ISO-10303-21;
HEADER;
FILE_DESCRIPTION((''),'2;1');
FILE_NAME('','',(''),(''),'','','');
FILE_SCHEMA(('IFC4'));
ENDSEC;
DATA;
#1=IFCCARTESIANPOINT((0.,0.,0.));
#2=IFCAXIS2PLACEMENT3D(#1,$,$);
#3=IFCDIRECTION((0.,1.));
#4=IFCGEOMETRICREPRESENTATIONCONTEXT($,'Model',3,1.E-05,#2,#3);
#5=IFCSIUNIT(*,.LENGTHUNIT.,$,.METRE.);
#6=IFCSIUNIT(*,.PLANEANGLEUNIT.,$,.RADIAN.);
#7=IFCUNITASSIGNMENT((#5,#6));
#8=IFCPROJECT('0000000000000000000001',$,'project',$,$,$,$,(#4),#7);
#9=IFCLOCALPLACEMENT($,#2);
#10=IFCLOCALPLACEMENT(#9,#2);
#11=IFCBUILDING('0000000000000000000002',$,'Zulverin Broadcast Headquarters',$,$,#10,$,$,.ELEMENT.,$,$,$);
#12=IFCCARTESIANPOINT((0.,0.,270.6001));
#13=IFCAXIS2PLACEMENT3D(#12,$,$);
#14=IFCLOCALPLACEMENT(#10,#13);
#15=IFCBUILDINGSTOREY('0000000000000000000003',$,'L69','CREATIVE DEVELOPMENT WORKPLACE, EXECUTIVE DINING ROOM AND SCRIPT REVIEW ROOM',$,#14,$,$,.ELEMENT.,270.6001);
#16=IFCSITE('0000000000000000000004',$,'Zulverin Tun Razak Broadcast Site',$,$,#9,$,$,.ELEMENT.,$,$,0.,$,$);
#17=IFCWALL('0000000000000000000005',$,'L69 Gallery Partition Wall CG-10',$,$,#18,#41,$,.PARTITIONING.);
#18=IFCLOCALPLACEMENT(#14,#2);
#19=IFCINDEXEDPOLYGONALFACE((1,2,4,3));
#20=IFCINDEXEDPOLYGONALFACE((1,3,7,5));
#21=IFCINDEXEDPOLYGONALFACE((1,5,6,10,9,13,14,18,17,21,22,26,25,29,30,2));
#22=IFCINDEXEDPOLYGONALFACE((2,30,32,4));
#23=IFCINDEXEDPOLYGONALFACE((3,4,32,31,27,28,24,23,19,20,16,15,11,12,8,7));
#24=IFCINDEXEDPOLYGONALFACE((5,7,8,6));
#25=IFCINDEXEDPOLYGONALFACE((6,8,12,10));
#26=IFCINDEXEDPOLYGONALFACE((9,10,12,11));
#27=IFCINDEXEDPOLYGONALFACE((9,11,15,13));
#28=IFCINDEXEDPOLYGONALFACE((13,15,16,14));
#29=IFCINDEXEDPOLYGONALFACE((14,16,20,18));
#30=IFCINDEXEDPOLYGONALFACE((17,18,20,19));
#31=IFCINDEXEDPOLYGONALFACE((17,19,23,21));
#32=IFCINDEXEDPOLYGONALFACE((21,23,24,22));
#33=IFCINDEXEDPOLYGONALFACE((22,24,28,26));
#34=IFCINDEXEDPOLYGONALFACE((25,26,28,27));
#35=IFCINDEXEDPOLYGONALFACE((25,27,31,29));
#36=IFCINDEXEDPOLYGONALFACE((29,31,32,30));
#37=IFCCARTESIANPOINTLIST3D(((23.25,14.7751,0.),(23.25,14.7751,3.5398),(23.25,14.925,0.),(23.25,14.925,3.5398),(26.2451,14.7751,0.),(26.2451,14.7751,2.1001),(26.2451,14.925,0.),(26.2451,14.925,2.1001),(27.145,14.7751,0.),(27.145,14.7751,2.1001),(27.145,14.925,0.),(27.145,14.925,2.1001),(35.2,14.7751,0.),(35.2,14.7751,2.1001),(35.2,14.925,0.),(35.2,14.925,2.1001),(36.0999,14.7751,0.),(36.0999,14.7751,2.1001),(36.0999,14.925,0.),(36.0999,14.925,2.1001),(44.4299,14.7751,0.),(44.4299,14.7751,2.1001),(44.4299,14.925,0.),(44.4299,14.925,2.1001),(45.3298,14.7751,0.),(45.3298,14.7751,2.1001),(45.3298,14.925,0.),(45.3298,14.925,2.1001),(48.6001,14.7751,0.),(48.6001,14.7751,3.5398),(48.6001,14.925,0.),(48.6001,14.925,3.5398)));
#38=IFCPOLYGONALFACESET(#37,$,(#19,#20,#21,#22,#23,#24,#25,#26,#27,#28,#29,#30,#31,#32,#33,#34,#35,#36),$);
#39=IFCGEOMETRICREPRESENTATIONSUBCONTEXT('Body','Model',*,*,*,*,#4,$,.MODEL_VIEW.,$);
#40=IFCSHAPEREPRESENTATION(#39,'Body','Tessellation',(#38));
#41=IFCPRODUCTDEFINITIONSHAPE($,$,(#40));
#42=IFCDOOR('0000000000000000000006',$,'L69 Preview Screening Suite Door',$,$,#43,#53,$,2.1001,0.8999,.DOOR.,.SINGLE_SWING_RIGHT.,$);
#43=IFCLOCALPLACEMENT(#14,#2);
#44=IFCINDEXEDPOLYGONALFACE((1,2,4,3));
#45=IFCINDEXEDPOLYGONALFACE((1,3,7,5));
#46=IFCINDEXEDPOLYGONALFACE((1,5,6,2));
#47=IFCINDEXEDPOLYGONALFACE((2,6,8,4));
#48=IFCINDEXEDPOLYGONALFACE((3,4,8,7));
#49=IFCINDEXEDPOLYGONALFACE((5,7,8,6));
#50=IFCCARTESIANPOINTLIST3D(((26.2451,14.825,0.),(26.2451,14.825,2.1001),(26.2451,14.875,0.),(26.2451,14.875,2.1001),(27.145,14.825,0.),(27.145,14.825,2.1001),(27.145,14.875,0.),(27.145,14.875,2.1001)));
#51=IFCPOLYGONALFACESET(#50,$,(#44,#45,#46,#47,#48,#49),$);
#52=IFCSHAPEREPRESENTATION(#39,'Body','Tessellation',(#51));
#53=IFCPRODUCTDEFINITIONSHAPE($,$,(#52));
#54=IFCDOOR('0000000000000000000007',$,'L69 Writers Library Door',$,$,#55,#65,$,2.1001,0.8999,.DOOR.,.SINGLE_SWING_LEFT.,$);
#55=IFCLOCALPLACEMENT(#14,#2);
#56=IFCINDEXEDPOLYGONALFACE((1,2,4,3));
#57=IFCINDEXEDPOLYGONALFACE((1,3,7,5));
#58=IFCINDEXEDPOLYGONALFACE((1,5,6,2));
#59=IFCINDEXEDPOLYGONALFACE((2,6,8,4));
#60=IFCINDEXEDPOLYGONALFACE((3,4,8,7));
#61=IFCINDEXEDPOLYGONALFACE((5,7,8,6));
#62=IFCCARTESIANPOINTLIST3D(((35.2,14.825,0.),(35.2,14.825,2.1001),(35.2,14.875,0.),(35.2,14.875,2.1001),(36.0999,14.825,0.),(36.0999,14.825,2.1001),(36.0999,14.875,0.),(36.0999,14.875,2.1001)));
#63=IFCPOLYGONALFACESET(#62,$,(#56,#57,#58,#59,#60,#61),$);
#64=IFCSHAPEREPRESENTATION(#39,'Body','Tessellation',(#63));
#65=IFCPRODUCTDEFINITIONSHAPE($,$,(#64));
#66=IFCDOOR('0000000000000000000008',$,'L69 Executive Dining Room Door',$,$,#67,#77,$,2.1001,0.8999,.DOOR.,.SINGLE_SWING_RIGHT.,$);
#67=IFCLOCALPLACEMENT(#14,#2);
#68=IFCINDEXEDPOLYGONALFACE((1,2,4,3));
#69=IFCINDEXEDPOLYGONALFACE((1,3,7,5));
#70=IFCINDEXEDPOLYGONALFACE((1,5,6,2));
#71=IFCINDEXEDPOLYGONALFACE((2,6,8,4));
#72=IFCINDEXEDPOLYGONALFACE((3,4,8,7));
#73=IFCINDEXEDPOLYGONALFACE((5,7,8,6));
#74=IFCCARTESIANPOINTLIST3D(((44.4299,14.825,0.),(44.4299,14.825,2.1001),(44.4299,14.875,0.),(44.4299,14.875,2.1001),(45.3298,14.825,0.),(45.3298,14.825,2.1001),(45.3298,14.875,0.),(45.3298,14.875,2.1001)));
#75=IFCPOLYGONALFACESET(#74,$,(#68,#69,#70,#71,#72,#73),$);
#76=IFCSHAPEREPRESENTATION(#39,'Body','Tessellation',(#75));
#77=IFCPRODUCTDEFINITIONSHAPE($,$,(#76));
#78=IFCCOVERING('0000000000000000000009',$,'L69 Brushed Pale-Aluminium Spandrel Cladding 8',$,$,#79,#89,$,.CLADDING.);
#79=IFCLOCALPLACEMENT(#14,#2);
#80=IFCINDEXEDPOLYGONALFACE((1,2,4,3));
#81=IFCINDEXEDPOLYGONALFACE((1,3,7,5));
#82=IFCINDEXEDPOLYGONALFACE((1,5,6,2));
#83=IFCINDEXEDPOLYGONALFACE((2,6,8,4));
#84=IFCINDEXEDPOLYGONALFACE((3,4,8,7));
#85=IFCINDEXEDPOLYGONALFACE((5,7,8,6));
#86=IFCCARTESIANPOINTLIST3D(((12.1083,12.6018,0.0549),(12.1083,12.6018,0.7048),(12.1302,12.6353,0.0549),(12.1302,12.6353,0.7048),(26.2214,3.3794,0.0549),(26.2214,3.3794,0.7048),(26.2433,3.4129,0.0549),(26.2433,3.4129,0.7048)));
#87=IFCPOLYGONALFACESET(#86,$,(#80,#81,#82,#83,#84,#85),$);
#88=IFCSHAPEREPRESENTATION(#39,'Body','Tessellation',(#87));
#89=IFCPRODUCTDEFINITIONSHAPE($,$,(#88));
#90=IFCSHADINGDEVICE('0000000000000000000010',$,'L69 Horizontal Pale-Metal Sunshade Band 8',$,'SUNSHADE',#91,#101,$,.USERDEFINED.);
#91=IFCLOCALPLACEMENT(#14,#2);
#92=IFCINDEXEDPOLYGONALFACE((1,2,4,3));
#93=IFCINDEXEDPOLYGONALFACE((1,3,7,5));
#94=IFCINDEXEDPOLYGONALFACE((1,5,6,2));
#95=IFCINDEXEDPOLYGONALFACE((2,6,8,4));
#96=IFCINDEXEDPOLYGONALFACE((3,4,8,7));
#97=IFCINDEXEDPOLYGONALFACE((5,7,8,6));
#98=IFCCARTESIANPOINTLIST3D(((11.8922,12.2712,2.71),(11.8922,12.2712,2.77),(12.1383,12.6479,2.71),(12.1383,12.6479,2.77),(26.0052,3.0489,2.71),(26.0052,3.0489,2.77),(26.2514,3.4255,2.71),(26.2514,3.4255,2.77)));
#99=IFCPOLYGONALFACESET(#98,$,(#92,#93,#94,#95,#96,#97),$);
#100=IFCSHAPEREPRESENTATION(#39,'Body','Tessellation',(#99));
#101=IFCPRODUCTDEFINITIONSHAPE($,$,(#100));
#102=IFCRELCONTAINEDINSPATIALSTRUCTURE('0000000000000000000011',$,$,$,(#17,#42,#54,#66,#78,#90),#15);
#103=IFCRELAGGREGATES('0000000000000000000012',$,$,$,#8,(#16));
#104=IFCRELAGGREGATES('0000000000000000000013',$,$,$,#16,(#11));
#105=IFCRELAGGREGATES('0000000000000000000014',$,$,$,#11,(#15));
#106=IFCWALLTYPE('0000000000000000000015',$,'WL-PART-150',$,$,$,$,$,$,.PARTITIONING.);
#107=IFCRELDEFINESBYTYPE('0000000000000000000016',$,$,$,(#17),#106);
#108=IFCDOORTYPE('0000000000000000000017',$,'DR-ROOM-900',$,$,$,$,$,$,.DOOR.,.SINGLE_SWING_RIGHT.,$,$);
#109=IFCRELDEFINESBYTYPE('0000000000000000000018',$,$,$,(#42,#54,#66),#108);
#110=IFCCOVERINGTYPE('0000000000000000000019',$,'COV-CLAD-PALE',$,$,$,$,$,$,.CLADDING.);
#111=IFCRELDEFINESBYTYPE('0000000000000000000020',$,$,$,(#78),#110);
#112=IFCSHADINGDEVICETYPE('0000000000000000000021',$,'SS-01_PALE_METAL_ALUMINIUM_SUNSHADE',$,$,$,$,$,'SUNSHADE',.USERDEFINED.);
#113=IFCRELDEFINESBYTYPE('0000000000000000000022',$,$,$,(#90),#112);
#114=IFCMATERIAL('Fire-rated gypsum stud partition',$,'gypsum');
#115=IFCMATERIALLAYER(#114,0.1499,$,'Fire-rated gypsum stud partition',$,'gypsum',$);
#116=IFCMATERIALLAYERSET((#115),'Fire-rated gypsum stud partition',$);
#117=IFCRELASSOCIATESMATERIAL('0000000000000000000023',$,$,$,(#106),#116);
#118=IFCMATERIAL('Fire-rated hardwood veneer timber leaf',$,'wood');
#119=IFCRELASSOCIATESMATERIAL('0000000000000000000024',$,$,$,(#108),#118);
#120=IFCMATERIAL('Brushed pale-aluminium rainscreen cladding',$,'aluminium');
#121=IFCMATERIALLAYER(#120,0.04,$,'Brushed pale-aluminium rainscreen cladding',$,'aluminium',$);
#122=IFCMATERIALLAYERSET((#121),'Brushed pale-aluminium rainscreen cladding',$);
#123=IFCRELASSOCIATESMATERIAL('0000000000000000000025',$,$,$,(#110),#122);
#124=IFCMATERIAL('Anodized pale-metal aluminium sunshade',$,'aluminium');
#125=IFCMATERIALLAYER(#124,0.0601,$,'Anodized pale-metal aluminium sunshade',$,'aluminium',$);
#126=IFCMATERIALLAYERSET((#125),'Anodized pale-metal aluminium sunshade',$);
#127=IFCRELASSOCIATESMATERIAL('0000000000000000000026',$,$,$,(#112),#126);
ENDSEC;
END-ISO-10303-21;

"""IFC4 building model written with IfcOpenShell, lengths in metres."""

from ifc_helpers import new_model, si_unit, direction, frame, frame_2d, origin, origin_2d, place, context, subcontext, project, spatial, rectangle, extrude, material, layer, layer_set, type_object, element, fill, save


model = new_model("IFC4")

# Units and contexts
model_context = context("Model", 3, precision=1e-05, world=origin(), true_north=direction((0.0, 1.0)))
body_context = subcontext(model_context, "Body", "Model", "MODEL_VIEW")
ifc_project = project(units=[si_unit("LENGTHUNIT", "METRE"), si_unit("PLANEANGLEUNIT", "RADIAN")], contexts=[model_context])

# Site, building, storey
site_placement = place(None, origin())
site = spatial("IfcSite", under=ifc_project, at=site_placement, Name="Zulverin Tun Razak Broadcast Site", CompositionType="ELEMENT", RefElevation=0.0)
building_placement = place(site_placement, origin())
building = spatial("IfcBuilding", under=site, at=building_placement, Name="Zulverin Broadcast Headquarters", CompositionType="ELEMENT")
storey_placement = place(building_placement, frame((0.0, 0.0, 270.6001)))
storey = spatial("IfcBuildingStorey", under=building, at=storey_placement, Name="L69", Description="CREATIVE DEVELOPMENT WORKPLACE, EXECUTIVE DINING ROOM AND SCRIPT REVIEW ROOM", CompositionType="ELEMENT", Elevation=270.6001)

# Shared definitions
ifc_material_1 = material(Name="Fire-rated gypsum stud partition", Category="gypsum")
ifc_layer_1 = layer(ifc_material_1, 0.1499, Name="Fire-rated gypsum stud partition", Category="gypsum")
ifc_layer_set_1 = layer_set([ifc_layer_1], Name="Fire-rated gypsum stud partition")
wall_type_1 = type_object("IfcWallType", Name="WL-PART-150", PredefinedType="PARTITIONING", material=ifc_layer_set_1)
ifc_material_2 = material(Name="Fire-rated hardwood veneer timber leaf", Category="wood")
door_type_1 = type_object("IfcDoorType", Name="DR-ROOM-900", OperationType="SINGLE_SWING_RIGHT", PredefinedType="DOOR", material=ifc_material_2)

# Wall, openings, doors
wall_1_placement = place(storey_placement, frame((23.25, 14.8501, 0.0), z_axis=(0.0, 0.0, 1.0), x_axis=(1.0, 0.0, 0.0)))
wall_1 = element("IfcWall", 1, at=wall_1_placement, inside=storey, type_object=wall_type_1, Name="L69 Gallery Partition Wall CG-10", PredefinedType="PARTITIONING", context=body_context, shape_type="SweptSolid", body=[
    extrude(rectangle(XDim=25.3501, YDim=0.1499, at=frame_2d((12.675, 0.0))), origin(), (0.0, 0.0, 1.0), 3.5398),
])
opening_1_placement = place(wall_1_placement, frame((2.9951, 0.0, 0.0)))
opening_1 = element("IfcOpeningElement", 2, at=opening_1_placement, cuts=wall_1, PredefinedType="OPENING", context=body_context, shape_type="SweptSolid", body=[
    extrude(rectangle(XDim=0.8999, YDim=2.1001, at=frame_2d((0.45, 1.05))), frame((0.0, 0.085, 0.0), z_axis=(0.0, -1.0, 0.0), x_axis=(1.0, 0.0, 0.0)), (0.0, 0.0, 1.0), 0.1699),
])
opening_2_placement = place(wall_1_placement, frame((11.95, 0.0, 0.0)))
opening_2 = element("IfcOpeningElement", 3, at=opening_2_placement, cuts=wall_1, PredefinedType="OPENING", context=body_context, shape_type="SweptSolid", body=[
    extrude(rectangle(XDim=0.8999, YDim=2.1001, at=frame_2d((0.45, 1.05))), frame((0.0, 0.085, 0.0), z_axis=(0.0, -1.0, 0.0), x_axis=(1.0, 0.0, 0.0)), (0.0, 0.0, 1.0), 0.1699),
])
opening_3_placement = place(wall_1_placement, frame((21.1799, 0.0, 0.0)))
opening_3 = element("IfcOpeningElement", 4, at=opening_3_placement, cuts=wall_1, PredefinedType="OPENING", context=body_context, shape_type="SweptSolid", body=[
    extrude(rectangle(XDim=0.8999, YDim=2.1001, at=frame_2d((0.45, 1.05))), frame((0.0, 0.085, 0.0), z_axis=(0.0, -1.0, 0.0), x_axis=(1.0, 0.0, 0.0)), (0.0, 0.0, 1.0), 0.1699),
])
door_1_placement = place(opening_1_placement, origin())
door_1 = element("IfcDoor", 5, at=door_1_placement, inside=storey, type_object=door_type_1, Name="L69 Preview Screening Suite Door", OperationType="SINGLE_SWING_RIGHT", OverallHeight=2.1001, OverallWidth=0.8999, PredefinedType="DOOR", context=body_context, shape_type="SweptSolid", body=[
    extrude(rectangle(XDim=0.8999, YDim=2.1001, at=frame_2d((0.45, 1.05))), frame((0.0, 0.0249, 0.0), z_axis=(0.0, -1.0, 0.0), x_axis=(1.0, 0.0, 0.0)), (0.0, 0.0, 1.0), 0.05),
])
fill(opening_1, door_1)
door_2_placement = place(opening_2_placement, origin())
door_2 = element("IfcDoor", 6, at=door_2_placement, inside=storey, type_object=door_type_1, Name="L69 Writers Library Door", OperationType="SINGLE_SWING_LEFT", OverallHeight=2.1001, OverallWidth=0.8999, PredefinedType="DOOR", context=body_context, shape_type="SweptSolid", body=[
    extrude(rectangle(XDim=0.8999, YDim=2.1001, at=frame_2d((0.45, 1.05))), frame((0.0, 0.0249, 0.0), z_axis=(0.0, -1.0, 0.0), x_axis=(1.0, 0.0, 0.0)), (0.0, 0.0, 1.0), 0.05),
])
fill(opening_2, door_2)
door_3_placement = place(opening_3_placement, origin())
door_3 = element("IfcDoor", 7, at=door_3_placement, inside=storey, type_object=door_type_1, Name="L69 Executive Dining Room Door", OperationType="SINGLE_SWING_RIGHT", OverallHeight=2.1001, OverallWidth=0.8999, PredefinedType="DOOR", context=body_context, shape_type="SweptSolid", body=[
    extrude(rectangle(XDim=0.8999, YDim=2.1001, at=frame_2d((0.45, 1.05))), frame((0.0, 0.0249, 0.0), z_axis=(0.0, -1.0, 0.0), x_axis=(1.0, 0.0, 0.0)), (0.0, 0.0, 1.0), 0.05),
])
fill(opening_3, door_3)

# Covering
ifc_material_3 = material(Name="Brushed pale-aluminium rainscreen cladding", Category="aluminium")
ifc_layer_2 = layer(ifc_material_3, 0.04, Name="Brushed pale-aluminium rainscreen cladding", Category="aluminium")
ifc_layer_set_2 = layer_set([ifc_layer_2], Name="Brushed pale-aluminium rainscreen cladding")
covering_type = type_object("IfcCoveringType", Name="COV-CLAD-PALE", PredefinedType="CLADDING", material=ifc_layer_set_2)
covering_placement = place(storey_placement, frame((19.1758, 8.0073, 0.0549), z_axis=(0.0, 0.0, 1.0), x_axis=(0.837116, -0.547026, 0.0)))
element("IfcCovering", 8, at=covering_placement, inside=storey, type_object=covering_type, Name="L69 Brushed Pale-Aluminium Spandrel Cladding 8", PredefinedType="CLADDING", context=body_context, shape_type="SweptSolid", body=[
    extrude(rectangle(XDim=16.8591, YDim=0.04, at=origin_2d()), origin(), (0.0, 0.0, 1.0), 0.6499),
])

# Shading device
ifc_material_4 = material(Name="Anodized pale-metal aluminium sunshade", Category="aluminium")
ifc_layer_3 = layer(ifc_material_4, 0.0601, Name="Anodized pale-metal aluminium sunshade", Category="aluminium")
ifc_layer_set_3 = layer_set([ifc_layer_3], Name="Anodized pale-metal aluminium sunshade")
shading_device_type = type_object("IfcShadingDeviceType", Name="SS-01_PALE_METAL_ALUMINIUM_SUNSHADE", ElementType="SUNSHADE", PredefinedType="USERDEFINED", material=ifc_layer_set_3)
shading_device_placement = place(storey_placement, frame((19.0718, 7.8484, 2.71), z_axis=(0.0, 0.0, 1.0), x_axis=(0.837116, -0.547026, 0.0)))
element("IfcShadingDevice", 9, at=shading_device_placement, inside=storey, type_object=shading_device_type, Name="L69 Horizontal Pale-Metal Sunshade Band 8", ObjectType="SUNSHADE", PredefinedType="USERDEFINED", context=body_context, shape_type="SweptSolid", body=[
    extrude(rectangle(XDim=16.8591, YDim=0.45, at=origin_2d()), origin(), (0.0, 0.0, 1.0), 0.0601),
])

save(model, "model.ifc")
